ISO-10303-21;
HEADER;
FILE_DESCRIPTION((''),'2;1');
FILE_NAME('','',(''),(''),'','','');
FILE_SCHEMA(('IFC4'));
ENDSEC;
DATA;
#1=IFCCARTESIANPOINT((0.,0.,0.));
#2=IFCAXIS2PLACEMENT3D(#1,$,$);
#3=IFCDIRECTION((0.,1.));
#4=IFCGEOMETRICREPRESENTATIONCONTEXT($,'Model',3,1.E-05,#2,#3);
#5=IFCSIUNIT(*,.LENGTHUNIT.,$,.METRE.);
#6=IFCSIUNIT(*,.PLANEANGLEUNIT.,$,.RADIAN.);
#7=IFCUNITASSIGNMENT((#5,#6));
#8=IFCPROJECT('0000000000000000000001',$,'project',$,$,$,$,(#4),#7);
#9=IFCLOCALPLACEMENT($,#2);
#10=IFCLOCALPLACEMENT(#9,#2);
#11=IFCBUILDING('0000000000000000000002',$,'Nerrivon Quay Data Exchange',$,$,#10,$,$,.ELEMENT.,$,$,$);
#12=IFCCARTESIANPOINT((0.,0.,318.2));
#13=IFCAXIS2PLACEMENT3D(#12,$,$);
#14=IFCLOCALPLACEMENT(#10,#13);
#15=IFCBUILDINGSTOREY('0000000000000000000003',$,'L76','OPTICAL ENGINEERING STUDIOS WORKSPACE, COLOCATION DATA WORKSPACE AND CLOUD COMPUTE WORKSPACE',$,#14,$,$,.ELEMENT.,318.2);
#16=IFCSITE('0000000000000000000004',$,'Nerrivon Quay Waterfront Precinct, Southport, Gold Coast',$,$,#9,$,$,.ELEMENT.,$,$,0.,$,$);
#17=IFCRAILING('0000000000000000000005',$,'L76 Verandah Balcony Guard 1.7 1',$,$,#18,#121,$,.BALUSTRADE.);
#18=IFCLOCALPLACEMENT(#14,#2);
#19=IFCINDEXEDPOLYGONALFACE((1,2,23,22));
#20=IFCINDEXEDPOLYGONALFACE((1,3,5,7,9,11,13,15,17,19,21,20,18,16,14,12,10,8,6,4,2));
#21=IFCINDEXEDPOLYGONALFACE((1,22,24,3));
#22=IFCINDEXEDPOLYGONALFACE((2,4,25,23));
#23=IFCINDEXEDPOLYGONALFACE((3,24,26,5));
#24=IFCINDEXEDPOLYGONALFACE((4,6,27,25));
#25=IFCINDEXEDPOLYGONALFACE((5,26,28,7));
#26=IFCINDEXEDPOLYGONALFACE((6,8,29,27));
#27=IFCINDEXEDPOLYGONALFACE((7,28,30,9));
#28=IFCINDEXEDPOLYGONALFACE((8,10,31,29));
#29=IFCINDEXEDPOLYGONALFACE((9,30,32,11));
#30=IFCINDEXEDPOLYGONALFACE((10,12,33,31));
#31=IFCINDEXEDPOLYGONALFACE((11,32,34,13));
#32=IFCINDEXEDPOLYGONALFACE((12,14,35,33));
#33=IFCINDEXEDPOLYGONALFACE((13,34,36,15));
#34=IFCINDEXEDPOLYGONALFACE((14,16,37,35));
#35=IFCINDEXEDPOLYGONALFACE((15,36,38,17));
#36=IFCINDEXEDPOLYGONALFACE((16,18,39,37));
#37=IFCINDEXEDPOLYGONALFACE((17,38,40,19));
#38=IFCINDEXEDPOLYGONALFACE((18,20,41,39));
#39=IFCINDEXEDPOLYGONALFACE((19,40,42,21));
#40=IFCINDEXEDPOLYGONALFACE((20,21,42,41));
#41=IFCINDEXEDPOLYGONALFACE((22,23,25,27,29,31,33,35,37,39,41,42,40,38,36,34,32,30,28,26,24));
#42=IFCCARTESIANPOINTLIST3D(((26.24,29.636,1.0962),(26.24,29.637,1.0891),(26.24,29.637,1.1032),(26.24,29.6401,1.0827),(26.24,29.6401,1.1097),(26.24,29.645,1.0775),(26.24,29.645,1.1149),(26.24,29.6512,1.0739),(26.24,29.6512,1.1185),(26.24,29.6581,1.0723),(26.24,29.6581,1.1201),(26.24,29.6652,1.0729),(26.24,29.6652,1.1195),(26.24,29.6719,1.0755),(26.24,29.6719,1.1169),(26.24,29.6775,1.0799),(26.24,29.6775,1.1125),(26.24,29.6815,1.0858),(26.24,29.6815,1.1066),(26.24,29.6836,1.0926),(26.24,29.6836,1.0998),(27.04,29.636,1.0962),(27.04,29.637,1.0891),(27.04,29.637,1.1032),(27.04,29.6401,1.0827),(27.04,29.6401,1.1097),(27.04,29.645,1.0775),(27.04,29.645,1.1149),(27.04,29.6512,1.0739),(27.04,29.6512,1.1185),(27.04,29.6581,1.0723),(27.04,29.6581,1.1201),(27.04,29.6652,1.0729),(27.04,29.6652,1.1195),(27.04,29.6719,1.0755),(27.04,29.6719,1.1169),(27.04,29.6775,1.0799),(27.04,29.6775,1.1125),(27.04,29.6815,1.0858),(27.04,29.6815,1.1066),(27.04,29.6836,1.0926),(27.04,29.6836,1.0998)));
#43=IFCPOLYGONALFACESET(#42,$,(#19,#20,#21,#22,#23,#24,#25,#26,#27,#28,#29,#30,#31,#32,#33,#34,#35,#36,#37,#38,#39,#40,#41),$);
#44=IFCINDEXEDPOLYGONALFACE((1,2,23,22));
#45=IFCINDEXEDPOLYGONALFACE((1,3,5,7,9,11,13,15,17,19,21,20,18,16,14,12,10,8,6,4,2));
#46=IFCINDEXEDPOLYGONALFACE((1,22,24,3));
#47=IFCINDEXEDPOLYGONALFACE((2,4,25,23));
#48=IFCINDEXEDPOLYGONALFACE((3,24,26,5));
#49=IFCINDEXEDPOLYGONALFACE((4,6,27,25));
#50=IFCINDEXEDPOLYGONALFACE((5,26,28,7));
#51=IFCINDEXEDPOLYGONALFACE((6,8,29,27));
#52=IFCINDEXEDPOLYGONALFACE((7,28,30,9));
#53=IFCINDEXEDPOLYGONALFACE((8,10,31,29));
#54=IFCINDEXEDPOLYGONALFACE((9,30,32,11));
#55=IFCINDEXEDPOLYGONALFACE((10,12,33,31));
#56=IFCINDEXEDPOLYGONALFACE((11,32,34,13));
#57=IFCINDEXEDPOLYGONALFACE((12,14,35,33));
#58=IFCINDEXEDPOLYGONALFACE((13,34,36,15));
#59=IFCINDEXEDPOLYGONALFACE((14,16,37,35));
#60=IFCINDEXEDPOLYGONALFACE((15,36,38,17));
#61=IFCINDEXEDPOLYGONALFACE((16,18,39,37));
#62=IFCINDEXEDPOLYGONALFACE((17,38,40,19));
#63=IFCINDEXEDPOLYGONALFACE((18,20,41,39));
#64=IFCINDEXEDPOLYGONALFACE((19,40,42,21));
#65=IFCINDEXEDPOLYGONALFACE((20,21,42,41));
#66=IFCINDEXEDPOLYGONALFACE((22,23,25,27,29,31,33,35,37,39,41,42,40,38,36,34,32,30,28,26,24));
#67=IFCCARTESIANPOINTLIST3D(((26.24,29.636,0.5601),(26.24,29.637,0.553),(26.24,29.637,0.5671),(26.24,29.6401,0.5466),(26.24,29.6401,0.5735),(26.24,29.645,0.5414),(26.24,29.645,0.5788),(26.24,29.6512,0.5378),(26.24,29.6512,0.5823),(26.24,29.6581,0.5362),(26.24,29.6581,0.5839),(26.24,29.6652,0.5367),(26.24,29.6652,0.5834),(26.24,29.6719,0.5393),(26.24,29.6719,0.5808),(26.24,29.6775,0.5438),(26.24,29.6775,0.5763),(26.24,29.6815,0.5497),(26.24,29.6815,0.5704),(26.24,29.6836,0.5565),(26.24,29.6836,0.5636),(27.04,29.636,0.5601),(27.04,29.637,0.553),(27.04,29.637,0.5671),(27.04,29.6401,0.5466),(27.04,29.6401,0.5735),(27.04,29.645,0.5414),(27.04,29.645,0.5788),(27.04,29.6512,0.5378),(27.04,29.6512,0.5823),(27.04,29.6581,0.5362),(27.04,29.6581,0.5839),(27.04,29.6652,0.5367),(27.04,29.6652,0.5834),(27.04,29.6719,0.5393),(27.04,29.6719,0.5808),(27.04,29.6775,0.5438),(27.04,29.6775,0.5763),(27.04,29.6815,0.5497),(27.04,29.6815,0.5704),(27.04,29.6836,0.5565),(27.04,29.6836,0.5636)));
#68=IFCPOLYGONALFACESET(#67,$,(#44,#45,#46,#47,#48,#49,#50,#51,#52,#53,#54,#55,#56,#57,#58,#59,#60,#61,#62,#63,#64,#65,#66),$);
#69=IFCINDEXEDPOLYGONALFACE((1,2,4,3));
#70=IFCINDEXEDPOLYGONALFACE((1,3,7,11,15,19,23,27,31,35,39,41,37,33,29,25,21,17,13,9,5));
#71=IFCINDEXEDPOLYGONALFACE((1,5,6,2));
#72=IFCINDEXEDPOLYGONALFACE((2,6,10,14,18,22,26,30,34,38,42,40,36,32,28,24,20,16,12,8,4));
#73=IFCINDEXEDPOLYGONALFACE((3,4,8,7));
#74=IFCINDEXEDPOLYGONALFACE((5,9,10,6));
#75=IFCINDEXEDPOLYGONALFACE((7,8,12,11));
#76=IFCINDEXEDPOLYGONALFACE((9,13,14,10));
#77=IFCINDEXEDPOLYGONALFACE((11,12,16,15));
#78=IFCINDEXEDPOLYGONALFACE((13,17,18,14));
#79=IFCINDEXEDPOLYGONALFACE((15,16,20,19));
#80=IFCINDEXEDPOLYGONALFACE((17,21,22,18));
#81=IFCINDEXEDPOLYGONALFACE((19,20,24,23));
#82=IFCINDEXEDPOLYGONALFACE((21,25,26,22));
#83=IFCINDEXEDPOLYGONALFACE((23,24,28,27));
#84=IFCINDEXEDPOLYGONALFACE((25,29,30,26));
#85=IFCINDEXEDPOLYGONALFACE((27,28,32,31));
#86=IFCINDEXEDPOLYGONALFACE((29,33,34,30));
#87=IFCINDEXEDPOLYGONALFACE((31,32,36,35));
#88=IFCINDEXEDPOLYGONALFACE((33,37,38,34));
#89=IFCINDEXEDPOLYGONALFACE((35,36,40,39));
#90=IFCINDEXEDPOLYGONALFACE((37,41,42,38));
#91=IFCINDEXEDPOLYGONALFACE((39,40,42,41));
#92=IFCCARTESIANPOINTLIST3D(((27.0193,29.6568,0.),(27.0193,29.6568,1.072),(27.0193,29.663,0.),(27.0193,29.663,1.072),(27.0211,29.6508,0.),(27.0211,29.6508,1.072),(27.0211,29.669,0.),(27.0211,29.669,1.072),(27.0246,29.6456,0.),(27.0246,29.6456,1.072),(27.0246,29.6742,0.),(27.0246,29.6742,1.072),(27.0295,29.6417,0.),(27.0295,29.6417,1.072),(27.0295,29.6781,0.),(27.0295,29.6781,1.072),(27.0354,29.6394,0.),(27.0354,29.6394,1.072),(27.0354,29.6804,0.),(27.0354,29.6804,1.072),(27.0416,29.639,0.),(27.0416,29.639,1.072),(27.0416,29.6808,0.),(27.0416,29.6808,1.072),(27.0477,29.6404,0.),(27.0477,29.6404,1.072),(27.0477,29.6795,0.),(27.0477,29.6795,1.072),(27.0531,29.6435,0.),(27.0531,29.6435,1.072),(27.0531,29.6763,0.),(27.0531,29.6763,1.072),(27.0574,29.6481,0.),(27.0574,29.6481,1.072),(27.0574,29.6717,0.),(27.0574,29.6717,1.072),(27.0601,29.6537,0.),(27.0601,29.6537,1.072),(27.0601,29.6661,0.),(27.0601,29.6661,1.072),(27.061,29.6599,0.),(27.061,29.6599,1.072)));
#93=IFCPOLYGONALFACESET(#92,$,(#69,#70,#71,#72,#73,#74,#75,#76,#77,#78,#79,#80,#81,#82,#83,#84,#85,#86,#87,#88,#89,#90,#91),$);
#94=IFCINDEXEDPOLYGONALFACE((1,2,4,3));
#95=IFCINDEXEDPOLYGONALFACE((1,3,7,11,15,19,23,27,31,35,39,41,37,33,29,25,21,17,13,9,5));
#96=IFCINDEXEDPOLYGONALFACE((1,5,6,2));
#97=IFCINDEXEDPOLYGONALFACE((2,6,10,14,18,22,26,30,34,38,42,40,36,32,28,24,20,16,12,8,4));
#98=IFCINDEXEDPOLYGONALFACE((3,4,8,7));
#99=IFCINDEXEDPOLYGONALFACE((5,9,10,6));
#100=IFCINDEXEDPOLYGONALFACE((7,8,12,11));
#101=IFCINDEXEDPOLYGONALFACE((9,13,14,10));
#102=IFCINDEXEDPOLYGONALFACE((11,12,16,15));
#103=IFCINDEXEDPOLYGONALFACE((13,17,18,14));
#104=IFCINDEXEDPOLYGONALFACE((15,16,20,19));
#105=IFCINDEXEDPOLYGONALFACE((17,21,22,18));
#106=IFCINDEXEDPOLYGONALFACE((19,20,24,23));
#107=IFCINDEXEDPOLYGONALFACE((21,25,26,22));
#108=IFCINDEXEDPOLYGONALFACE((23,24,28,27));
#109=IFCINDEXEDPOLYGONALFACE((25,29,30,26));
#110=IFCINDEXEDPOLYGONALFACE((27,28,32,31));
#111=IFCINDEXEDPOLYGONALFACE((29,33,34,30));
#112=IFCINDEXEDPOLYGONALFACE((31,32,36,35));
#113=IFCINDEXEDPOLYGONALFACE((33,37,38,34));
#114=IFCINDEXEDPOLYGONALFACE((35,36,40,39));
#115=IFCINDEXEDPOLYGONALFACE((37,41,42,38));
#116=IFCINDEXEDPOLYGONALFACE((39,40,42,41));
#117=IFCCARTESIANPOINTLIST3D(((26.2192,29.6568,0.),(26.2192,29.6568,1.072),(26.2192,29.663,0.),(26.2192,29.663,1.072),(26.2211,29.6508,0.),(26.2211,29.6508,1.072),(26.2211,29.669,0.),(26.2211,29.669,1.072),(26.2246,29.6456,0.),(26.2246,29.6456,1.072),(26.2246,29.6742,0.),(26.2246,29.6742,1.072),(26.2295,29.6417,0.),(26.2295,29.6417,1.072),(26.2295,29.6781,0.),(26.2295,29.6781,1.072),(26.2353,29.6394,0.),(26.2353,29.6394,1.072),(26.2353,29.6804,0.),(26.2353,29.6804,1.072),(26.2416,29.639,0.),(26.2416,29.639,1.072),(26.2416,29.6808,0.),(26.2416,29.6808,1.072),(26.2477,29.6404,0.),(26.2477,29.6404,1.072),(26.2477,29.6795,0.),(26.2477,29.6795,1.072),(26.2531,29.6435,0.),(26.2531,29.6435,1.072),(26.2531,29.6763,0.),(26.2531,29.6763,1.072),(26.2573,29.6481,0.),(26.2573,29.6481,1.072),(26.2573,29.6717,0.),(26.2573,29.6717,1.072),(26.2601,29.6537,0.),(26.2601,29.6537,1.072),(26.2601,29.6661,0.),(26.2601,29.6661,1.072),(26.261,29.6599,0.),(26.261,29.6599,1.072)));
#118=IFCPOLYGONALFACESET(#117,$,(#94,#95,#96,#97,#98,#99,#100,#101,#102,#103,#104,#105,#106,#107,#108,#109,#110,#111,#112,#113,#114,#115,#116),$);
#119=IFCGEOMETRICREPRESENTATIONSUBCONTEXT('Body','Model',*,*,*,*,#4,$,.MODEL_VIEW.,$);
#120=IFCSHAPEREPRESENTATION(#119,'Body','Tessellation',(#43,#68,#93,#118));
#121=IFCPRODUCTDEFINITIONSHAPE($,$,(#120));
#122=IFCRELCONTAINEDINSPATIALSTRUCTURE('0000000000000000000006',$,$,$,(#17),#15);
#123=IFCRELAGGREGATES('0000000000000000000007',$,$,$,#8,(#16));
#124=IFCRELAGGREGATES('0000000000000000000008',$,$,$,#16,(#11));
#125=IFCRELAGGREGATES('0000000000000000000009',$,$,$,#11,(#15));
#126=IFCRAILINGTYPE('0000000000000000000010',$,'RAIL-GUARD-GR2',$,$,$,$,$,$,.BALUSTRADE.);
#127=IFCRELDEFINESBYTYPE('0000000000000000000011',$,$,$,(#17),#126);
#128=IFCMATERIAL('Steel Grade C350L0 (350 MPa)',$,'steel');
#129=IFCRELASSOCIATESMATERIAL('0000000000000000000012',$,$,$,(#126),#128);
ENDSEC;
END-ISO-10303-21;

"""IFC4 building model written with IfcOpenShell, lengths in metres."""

from ifc_helpers import new_model, si_unit, direction, frame, origin, origin_2d, place, context, subcontext, project, spatial, circle, extrude, material, type_object, element, save


model = new_model("IFC4")

# Units and contexts
model_context = context("Model", 3, precision=1e-05, world=origin(), true_north=direction((0.0, 1.0)))
body_context = subcontext(model_context, "Body", "Model", "MODEL_VIEW")
ifc_project = project(units=[si_unit("LENGTHUNIT", "METRE"), si_unit("PLANEANGLEUNIT", "RADIAN")], contexts=[model_context])

# Site, building, storey
site_placement = place(None, origin())
site = spatial("IfcSite", under=ifc_project, at=site_placement, Name="Nerrivon Quay Waterfront Precinct, Southport, Gold Coast", CompositionType="ELEMENT", RefElevation=0.0)
building_placement = place(site_placement, origin())
building = spatial("IfcBuilding", under=site, at=building_placement, Name="Nerrivon Quay Data Exchange", CompositionType="ELEMENT")
storey_placement = place(building_placement, frame((0.0, 0.0, 318.2)))
storey = spatial("IfcBuildingStorey", under=building, at=storey_placement, Name="L76", Description="OPTICAL ENGINEERING STUDIOS WORKSPACE, COLOCATION DATA WORKSPACE AND CLOUD COMPUTE WORKSPACE", CompositionType="ELEMENT", Elevation=318.2)

# Railing
ifc_material_1 = material(Name="Steel Grade C350L0 (350 MPa)", Category="steel")
railing_type = type_object("IfcRailingType", Name="RAIL-GUARD-GR2", PredefinedType="BALUSTRADE", material=ifc_material_1)
railing_1_placement = place(storey_placement, frame((27.04, 29.6599, 0.0)))
element("IfcRailing", 1, at=railing_1_placement, inside=storey, type_object=railing_type, Name="L76 Verandah Balcony Guard 1.7 1", PredefinedType="BALUSTRADE", context=body_context, shape_type="SweptSolid", body=[
    extrude(circle(Radius=0.0239, at=origin_2d()), frame((0.0, 0.0, 1.0962), z_axis=(-1.0, 0.0, 0.0), x_axis=(0.0, -1.0, 0.0)), (0.0, 0.0, 1.0), 0.8),
    extrude(circle(Radius=0.0239, at=origin_2d()), frame((0.0, 0.0, 0.5601), z_axis=(-1.0, 0.0, 0.0), x_axis=(0.0, -1.0, 0.0)), (0.0, 0.0, 1.0), 0.8),
    extrude(circle(Radius=0.021, at=origin_2d()), origin(), (0.0, 0.0, 1.0), 1.072),
    extrude(circle(Radius=0.021, at=origin_2d()), frame((-0.8, 0.0, 0.0)), (0.0, 0.0, 1.0), 1.072),
])

save(model, "model.ifc")
